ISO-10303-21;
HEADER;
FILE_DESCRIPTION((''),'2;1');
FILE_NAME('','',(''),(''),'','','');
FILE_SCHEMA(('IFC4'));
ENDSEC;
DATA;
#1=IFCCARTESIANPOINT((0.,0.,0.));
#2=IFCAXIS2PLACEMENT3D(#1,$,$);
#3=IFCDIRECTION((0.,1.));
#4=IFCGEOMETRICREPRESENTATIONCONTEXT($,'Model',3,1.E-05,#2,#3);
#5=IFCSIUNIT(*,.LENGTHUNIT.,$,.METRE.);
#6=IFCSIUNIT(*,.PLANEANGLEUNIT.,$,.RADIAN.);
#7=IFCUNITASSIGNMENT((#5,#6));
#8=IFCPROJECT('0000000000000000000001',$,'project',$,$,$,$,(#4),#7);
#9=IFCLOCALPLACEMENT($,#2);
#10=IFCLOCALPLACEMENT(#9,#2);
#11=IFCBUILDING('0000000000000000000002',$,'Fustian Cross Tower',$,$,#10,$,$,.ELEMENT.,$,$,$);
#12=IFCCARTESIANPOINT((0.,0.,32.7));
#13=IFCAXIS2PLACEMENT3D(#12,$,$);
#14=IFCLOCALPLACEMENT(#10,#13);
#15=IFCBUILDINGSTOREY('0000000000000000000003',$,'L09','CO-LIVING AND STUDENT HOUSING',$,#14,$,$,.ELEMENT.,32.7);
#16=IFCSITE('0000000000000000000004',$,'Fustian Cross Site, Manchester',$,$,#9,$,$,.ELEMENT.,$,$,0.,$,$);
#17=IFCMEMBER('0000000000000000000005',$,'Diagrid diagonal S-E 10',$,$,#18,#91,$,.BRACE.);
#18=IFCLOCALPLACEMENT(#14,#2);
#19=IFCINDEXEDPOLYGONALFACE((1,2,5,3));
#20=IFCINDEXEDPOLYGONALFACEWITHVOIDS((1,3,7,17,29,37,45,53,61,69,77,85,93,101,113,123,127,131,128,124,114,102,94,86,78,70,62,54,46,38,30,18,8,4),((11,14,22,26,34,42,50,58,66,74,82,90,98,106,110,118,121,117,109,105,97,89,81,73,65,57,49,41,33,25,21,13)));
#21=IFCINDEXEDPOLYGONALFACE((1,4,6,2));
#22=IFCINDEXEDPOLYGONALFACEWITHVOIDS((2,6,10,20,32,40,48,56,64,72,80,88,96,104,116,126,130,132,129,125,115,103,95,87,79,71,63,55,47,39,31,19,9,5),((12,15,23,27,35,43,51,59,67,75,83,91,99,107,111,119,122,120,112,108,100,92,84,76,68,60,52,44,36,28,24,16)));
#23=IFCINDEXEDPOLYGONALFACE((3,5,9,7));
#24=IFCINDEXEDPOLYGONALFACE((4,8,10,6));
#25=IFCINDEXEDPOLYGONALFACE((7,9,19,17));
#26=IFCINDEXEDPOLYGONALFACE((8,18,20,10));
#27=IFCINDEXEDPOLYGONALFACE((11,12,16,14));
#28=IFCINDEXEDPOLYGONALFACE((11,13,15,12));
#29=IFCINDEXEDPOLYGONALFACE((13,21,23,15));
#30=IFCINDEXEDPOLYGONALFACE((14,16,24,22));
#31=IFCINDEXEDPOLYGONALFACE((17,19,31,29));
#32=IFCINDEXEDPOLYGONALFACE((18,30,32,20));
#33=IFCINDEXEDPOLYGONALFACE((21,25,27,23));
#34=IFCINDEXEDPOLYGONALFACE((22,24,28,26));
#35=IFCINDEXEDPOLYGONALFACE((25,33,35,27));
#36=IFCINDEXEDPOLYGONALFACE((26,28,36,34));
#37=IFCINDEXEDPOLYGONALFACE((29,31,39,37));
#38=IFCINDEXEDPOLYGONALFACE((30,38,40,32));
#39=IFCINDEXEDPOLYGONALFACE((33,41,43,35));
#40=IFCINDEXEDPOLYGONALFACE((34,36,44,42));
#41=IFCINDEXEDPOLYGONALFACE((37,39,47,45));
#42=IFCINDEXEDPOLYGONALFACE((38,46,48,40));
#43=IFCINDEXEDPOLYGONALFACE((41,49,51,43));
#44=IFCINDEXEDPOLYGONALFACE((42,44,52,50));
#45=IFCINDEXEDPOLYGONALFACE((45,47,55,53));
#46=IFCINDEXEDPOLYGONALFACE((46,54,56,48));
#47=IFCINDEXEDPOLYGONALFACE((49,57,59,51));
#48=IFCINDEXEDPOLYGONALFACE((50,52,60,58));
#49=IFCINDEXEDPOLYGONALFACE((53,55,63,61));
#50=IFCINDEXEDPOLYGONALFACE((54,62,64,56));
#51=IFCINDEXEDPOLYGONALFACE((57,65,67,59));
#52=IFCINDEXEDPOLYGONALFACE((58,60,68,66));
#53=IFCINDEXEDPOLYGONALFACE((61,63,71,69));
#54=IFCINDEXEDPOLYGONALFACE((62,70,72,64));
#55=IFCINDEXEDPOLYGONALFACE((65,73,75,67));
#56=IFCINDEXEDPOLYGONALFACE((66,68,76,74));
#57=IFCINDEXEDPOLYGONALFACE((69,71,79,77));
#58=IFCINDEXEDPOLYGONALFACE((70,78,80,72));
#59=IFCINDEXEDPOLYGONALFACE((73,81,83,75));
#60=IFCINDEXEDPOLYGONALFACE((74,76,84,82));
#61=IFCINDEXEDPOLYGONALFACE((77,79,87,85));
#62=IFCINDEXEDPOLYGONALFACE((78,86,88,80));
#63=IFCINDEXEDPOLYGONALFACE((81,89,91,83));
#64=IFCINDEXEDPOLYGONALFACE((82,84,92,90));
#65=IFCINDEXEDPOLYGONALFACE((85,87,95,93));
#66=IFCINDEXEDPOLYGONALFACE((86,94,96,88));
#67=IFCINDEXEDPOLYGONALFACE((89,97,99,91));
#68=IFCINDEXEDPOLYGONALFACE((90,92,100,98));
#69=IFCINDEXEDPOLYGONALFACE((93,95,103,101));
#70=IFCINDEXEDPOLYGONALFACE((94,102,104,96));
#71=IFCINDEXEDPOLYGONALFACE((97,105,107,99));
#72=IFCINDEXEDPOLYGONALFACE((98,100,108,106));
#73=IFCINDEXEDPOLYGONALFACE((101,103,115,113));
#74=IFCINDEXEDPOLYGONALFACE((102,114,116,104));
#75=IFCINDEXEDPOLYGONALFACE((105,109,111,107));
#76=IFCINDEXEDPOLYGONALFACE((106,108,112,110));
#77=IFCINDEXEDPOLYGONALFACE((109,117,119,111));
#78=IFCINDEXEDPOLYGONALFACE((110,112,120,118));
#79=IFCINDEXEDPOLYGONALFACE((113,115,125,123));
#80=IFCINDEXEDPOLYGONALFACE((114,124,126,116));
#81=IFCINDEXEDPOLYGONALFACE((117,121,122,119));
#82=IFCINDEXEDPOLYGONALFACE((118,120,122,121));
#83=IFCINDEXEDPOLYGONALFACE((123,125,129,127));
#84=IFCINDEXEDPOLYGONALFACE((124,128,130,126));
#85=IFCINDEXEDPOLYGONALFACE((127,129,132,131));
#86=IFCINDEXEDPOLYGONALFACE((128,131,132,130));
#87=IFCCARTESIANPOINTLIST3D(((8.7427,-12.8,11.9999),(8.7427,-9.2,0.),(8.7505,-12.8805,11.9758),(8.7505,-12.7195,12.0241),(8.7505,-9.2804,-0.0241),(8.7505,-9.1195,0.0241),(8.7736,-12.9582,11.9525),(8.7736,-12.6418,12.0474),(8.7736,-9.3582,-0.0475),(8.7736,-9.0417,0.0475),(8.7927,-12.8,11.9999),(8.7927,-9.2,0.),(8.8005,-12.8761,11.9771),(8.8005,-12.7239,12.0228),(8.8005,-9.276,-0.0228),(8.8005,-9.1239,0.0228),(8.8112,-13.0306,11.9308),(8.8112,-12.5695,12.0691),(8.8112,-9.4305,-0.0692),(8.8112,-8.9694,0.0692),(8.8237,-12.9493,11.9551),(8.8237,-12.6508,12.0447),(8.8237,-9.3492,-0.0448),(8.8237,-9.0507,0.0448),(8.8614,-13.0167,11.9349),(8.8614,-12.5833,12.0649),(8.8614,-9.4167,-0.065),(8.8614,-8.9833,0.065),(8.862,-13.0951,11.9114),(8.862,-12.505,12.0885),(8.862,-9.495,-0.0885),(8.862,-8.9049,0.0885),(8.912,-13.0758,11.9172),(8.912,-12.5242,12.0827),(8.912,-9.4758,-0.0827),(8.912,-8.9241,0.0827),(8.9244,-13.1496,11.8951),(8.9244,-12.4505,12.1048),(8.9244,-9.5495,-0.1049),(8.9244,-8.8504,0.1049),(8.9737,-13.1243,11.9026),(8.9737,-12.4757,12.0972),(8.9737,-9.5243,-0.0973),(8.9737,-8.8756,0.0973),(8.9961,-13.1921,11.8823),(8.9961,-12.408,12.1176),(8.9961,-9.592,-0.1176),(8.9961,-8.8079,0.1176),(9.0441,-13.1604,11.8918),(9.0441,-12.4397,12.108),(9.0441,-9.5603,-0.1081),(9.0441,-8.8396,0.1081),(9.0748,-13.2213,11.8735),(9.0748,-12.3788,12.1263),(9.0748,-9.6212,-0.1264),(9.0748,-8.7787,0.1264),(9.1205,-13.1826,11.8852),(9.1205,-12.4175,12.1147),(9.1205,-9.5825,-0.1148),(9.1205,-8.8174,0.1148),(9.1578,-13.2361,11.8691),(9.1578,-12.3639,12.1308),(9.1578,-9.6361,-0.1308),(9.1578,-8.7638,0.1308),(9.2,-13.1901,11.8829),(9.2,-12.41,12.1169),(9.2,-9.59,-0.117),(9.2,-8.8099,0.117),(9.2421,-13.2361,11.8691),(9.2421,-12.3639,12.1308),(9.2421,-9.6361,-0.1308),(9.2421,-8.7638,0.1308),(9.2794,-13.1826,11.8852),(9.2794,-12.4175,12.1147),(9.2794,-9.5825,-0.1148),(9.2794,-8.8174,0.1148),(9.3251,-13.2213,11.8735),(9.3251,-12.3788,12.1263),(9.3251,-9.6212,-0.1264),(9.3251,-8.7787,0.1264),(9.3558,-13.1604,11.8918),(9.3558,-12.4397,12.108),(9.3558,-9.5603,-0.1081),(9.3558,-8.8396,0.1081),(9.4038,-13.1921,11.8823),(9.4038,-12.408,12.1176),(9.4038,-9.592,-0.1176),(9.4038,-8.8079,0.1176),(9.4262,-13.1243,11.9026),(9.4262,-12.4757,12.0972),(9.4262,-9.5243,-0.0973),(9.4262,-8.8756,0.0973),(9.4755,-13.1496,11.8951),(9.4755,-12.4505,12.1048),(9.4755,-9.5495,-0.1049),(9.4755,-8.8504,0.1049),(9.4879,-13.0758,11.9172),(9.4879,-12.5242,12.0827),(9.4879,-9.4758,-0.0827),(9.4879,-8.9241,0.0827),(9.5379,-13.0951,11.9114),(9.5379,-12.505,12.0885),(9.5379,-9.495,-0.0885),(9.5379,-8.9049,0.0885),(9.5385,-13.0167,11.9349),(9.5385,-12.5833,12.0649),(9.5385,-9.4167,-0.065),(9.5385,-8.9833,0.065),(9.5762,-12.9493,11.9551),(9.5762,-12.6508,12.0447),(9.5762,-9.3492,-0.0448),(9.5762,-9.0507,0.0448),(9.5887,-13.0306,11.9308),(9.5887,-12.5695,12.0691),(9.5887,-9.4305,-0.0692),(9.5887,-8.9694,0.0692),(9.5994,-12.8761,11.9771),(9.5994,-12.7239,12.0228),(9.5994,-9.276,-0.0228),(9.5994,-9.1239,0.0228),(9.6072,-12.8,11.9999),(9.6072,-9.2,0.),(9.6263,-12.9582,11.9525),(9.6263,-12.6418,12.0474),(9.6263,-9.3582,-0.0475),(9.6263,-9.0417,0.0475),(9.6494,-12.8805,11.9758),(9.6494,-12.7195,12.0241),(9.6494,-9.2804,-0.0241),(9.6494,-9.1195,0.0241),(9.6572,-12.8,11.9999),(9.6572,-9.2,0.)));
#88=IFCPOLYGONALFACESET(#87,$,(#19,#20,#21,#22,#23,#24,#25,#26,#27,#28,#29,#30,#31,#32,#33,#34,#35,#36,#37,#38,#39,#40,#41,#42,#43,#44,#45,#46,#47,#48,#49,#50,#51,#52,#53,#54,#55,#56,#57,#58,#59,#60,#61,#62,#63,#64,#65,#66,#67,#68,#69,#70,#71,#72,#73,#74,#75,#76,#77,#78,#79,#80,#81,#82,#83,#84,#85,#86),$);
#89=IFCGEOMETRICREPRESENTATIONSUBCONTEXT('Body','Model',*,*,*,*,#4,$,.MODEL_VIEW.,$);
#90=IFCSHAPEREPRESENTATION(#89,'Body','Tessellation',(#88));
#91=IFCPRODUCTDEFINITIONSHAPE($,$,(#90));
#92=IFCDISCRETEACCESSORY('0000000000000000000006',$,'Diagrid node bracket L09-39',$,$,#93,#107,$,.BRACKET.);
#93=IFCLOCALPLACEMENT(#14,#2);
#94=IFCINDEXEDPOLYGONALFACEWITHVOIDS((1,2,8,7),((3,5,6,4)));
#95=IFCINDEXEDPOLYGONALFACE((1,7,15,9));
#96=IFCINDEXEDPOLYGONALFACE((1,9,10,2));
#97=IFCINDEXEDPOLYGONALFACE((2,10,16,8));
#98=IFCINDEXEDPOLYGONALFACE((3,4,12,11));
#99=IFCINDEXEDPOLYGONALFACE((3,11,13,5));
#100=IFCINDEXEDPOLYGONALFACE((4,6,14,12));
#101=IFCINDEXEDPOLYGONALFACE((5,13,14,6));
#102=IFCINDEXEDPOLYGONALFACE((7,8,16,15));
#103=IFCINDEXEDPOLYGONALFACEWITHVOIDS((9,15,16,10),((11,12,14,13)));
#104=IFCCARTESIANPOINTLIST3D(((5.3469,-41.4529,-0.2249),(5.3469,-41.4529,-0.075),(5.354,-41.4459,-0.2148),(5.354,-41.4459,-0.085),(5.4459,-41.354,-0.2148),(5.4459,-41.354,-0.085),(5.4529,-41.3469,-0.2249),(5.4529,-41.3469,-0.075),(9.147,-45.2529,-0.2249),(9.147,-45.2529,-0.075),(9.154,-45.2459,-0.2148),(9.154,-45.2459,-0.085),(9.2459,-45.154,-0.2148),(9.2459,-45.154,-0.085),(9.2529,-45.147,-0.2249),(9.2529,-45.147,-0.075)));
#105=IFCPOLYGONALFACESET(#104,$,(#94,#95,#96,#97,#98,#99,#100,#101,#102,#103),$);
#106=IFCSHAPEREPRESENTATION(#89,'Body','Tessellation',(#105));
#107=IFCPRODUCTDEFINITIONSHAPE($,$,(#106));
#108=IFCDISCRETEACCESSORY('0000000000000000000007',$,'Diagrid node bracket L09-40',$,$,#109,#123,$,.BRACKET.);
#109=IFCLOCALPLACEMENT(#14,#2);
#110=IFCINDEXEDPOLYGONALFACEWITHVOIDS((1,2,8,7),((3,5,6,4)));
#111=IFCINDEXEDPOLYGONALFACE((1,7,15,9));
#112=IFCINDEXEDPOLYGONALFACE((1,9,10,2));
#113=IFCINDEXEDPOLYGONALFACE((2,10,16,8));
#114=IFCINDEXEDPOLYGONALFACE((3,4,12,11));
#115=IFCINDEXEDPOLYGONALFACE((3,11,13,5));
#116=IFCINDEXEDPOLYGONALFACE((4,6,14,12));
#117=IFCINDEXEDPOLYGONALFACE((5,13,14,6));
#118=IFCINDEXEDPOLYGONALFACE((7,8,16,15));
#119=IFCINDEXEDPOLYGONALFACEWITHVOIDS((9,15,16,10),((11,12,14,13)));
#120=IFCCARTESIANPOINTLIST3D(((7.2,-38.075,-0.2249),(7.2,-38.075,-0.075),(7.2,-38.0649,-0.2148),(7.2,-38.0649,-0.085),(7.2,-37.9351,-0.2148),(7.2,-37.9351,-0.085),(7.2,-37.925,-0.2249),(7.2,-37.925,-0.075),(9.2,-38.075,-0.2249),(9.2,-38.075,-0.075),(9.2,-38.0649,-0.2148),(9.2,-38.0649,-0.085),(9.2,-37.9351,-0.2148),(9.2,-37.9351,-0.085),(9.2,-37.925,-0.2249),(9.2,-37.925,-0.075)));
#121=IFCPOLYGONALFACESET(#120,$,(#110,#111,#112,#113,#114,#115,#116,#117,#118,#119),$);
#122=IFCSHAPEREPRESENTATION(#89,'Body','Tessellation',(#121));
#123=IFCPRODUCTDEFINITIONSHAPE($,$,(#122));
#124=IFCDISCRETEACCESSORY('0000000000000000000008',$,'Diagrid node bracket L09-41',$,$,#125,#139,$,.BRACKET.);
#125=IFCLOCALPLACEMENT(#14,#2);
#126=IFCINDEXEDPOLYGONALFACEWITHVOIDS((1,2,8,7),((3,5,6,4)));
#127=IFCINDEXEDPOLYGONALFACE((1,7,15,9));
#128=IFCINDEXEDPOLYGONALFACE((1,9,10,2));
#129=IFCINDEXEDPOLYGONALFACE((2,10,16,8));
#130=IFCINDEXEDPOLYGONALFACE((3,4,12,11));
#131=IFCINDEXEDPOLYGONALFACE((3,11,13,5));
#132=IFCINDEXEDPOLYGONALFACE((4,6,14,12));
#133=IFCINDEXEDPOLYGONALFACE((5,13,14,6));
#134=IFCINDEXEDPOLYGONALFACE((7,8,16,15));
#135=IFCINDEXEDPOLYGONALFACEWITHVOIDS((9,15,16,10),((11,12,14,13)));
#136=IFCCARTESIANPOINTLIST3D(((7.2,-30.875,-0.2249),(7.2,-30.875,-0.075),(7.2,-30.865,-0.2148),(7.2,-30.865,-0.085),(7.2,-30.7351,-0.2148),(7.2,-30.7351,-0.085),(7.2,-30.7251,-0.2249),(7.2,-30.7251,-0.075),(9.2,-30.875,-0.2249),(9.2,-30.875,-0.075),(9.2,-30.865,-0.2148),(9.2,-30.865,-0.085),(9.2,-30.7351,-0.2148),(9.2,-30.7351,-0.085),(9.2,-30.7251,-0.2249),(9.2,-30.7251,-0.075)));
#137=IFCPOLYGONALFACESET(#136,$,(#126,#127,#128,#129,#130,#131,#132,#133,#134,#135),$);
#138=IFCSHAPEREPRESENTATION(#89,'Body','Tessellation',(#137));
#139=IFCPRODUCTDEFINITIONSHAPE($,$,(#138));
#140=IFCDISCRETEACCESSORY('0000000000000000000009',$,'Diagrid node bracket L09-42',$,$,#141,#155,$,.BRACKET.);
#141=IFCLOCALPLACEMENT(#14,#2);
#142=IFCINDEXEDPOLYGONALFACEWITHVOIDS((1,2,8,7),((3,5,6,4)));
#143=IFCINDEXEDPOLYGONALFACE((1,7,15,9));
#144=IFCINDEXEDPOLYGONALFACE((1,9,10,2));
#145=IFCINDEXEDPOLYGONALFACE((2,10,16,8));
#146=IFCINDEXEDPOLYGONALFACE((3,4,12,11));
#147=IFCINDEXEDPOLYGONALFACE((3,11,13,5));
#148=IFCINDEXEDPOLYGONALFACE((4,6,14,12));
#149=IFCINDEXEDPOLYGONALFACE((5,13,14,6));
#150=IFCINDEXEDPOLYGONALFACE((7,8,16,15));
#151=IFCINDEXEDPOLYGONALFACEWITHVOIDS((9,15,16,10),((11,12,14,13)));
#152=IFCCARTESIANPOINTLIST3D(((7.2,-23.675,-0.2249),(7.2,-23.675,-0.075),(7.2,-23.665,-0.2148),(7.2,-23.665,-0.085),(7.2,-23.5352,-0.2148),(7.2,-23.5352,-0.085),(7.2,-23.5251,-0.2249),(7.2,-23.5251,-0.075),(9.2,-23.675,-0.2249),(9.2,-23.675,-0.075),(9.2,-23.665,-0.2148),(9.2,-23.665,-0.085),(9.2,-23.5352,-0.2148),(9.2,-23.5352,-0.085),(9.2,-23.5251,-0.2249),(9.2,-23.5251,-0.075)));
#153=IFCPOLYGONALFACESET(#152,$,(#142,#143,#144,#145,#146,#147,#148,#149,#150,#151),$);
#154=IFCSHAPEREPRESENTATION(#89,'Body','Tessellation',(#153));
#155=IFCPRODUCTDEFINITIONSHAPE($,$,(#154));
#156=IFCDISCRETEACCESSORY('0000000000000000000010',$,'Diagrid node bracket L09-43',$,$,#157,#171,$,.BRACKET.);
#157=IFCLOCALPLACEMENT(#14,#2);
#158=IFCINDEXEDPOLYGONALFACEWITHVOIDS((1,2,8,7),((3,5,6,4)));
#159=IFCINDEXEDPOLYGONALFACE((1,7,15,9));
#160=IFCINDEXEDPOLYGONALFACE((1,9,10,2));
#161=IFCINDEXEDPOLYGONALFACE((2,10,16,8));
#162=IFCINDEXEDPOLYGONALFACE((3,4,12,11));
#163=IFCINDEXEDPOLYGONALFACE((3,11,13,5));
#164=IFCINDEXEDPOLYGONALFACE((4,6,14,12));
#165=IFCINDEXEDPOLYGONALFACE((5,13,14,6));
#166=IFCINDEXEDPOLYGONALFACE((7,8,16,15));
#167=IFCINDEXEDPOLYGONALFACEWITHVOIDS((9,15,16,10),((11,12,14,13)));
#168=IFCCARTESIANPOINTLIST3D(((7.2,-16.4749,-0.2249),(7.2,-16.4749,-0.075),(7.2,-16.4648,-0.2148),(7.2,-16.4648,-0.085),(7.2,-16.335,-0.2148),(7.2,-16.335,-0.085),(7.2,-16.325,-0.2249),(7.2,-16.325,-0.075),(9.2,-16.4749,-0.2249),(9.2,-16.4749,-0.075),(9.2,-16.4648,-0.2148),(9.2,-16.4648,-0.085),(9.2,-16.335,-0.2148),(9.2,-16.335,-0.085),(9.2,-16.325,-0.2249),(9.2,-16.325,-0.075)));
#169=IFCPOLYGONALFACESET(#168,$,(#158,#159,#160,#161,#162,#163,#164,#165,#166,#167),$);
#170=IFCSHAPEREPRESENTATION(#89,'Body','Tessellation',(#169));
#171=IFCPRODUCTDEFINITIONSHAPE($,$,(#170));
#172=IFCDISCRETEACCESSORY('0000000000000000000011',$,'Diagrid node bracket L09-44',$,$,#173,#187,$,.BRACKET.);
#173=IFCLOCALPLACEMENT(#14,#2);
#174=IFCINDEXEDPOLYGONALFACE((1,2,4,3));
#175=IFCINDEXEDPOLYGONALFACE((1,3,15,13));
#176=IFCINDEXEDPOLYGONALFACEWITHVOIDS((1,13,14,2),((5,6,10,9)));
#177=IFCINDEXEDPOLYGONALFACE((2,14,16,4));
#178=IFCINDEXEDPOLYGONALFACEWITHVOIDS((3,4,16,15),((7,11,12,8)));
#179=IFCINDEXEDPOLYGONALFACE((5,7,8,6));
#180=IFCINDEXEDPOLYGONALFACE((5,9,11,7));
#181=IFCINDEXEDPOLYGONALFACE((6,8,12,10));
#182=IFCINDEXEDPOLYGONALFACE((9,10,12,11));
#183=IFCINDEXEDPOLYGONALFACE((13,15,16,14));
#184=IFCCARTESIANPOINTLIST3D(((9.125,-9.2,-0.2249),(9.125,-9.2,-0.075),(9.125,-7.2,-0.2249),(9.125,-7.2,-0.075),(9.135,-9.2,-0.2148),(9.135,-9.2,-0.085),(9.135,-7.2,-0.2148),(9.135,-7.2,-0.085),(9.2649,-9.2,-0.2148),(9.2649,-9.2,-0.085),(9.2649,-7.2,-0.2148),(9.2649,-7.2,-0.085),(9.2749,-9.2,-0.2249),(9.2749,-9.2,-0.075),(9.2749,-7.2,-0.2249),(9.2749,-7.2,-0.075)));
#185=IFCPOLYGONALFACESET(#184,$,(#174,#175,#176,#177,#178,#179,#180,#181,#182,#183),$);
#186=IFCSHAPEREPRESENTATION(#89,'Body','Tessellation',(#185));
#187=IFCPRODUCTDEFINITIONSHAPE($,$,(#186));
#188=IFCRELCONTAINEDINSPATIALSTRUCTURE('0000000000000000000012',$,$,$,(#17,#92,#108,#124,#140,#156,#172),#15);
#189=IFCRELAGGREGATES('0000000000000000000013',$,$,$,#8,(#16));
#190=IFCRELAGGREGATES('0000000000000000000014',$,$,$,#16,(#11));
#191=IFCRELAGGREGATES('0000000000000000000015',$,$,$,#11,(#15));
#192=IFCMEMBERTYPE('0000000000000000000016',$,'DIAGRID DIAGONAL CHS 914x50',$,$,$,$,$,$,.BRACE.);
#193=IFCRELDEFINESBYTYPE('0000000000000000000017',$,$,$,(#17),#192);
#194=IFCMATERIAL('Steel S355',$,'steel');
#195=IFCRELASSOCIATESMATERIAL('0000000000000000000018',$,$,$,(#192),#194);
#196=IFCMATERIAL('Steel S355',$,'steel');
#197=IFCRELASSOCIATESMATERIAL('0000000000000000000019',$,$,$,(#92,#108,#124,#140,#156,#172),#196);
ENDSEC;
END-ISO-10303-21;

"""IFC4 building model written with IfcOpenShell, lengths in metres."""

from ifc_helpers import new_model, si_unit, direction, frame, origin, origin_2d, place, context, subcontext, project, spatial, hollow_rectangle, hollow_circle, extrude, material, material_profile, profile_set, type_object, element, save


model = new_model("IFC4")

# Units and contexts
model_context = context("Model", 3, precision=1e-05, world=origin(), true_north=direction((0.0, 1.0)))
body_context = subcontext(model_context, "Body", "Model", "MODEL_VIEW")
ifc_project = project(units=[si_unit("LENGTHUNIT", "METRE"), si_unit("PLANEANGLEUNIT", "RADIAN")], contexts=[model_context])

# Site, building, storey
site_placement = place(None, origin())
site = spatial("IfcSite", under=ifc_project, at=site_placement, Name="Fustian Cross Site, Manchester", CompositionType="ELEMENT", RefElevation=0.0)
building_placement = place(site_placement, origin())
building = spatial("IfcBuilding", under=site, at=building_placement, Name="Fustian Cross Tower", CompositionType="ELEMENT")
storey_placement = place(building_placement, frame((0.0, 0.0, 32.7)))
storey = spatial("IfcBuildingStorey", under=building, at=storey_placement, Name="L09", Description="CO-LIVING AND STUDENT HOUSING", CompositionType="ELEMENT", Elevation=32.7)

# Member
ifc_material_1 = material(Name="Steel S355", Category="steel")
ifc_material_profile_1 = material_profile(ifc_material_1, hollow_circle(Radius=0.4573, WallThickness=0.05, at=origin_2d()), Name="CHS 914x50")
ifc_profile_set_1 = profile_set([ifc_material_profile_1], Name="Steel S355")
member_type_1 = type_object("IfcMemberType", Name="DIAGRID DIAGONAL CHS 914x50", PredefinedType="BRACE", material=ifc_profile_set_1)
for number, where, z_axis, x_axis, name in (
    (1, (9.2, -9.2, 0.0), (0.0, -0.287355, 0.957824), (1.0, 0.0, 0.0), "Diagrid diagonal S-E 10"),
):
    element("IfcMember", number, at=place(storey_placement, frame(where, z_axis=z_axis, x_axis=x_axis)), inside=storey, type_object=member_type_1, Name=name, PredefinedType="BRACE", context=body_context, shape_type="SweptSolid", body=[
        extrude(hollow_circle(Radius=0.4573, WallThickness=0.05, at=origin_2d()), origin(), (0.0, 0.0, 1.0), 12.5283),
    ])

# Discrete accessories
ifc_material_2 = material(Name="Steel S355", Category="steel")
discrete_accessory_placement = place(storey_placement, frame((9.2, -45.2, -0.1499), z_axis=(-0.707107, 0.707107, 0.0), x_axis=(-0.707107, -0.707107, 0.0)))
element("IfcDiscreteAccessory", 2, at=discrete_accessory_placement, inside=storey, material=ifc_material_2, Name="Diagrid node bracket L09-39", PredefinedType="BRACKET", context=body_context, shape_type="SweptSolid", body=[
    extrude(hollow_rectangle(XDim=0.1499, YDim=0.1499, WallThickness=0.01, at=origin_2d()), origin(), (0.0, 0.0, 1.0), 5.374),
])
for number, where, z_axis, x_axis, name in (
    (3, (9.2, -38.0, -0.1499), (-1.0, 0.0, 0.0), (0.0, -1.0, 0.0), "Diagrid node bracket L09-40"),
    (4, (9.2, -30.8, -0.1499), (-1.0, 0.0, 0.0), (0.0, -1.0, 0.0), "Diagrid node bracket L09-41"),
    (5, (9.2, -23.6001, -0.1499), (-1.0, 0.0, 0.0), (0.0, -1.0, 0.0), "Diagrid node bracket L09-42"),
    (6, (9.2, -16.3999, -0.1499), (-1.0, 0.0, 0.0), (0.0, -1.0, 0.0), "Diagrid node bracket L09-43"),
    (7, (9.2, -9.2, -0.1499), (0.0, 1.0, 0.0), (-1.0, 0.0, 0.0), "Diagrid node bracket L09-44"),
):
    element("IfcDiscreteAccessory", number, at=place(storey_placement, frame(where, z_axis=z_axis, x_axis=x_axis)), inside=storey, material=ifc_material_2, Name=name, PredefinedType="BRACKET", context=body_context, shape_type="SweptSolid", body=[
        extrude(hollow_rectangle(XDim=0.1499, YDim=0.1499, WallThickness=0.01, at=origin_2d()), origin(), (0.0, 0.0, 1.0), 2.0),
    ])

save(model, "model.ifc")
